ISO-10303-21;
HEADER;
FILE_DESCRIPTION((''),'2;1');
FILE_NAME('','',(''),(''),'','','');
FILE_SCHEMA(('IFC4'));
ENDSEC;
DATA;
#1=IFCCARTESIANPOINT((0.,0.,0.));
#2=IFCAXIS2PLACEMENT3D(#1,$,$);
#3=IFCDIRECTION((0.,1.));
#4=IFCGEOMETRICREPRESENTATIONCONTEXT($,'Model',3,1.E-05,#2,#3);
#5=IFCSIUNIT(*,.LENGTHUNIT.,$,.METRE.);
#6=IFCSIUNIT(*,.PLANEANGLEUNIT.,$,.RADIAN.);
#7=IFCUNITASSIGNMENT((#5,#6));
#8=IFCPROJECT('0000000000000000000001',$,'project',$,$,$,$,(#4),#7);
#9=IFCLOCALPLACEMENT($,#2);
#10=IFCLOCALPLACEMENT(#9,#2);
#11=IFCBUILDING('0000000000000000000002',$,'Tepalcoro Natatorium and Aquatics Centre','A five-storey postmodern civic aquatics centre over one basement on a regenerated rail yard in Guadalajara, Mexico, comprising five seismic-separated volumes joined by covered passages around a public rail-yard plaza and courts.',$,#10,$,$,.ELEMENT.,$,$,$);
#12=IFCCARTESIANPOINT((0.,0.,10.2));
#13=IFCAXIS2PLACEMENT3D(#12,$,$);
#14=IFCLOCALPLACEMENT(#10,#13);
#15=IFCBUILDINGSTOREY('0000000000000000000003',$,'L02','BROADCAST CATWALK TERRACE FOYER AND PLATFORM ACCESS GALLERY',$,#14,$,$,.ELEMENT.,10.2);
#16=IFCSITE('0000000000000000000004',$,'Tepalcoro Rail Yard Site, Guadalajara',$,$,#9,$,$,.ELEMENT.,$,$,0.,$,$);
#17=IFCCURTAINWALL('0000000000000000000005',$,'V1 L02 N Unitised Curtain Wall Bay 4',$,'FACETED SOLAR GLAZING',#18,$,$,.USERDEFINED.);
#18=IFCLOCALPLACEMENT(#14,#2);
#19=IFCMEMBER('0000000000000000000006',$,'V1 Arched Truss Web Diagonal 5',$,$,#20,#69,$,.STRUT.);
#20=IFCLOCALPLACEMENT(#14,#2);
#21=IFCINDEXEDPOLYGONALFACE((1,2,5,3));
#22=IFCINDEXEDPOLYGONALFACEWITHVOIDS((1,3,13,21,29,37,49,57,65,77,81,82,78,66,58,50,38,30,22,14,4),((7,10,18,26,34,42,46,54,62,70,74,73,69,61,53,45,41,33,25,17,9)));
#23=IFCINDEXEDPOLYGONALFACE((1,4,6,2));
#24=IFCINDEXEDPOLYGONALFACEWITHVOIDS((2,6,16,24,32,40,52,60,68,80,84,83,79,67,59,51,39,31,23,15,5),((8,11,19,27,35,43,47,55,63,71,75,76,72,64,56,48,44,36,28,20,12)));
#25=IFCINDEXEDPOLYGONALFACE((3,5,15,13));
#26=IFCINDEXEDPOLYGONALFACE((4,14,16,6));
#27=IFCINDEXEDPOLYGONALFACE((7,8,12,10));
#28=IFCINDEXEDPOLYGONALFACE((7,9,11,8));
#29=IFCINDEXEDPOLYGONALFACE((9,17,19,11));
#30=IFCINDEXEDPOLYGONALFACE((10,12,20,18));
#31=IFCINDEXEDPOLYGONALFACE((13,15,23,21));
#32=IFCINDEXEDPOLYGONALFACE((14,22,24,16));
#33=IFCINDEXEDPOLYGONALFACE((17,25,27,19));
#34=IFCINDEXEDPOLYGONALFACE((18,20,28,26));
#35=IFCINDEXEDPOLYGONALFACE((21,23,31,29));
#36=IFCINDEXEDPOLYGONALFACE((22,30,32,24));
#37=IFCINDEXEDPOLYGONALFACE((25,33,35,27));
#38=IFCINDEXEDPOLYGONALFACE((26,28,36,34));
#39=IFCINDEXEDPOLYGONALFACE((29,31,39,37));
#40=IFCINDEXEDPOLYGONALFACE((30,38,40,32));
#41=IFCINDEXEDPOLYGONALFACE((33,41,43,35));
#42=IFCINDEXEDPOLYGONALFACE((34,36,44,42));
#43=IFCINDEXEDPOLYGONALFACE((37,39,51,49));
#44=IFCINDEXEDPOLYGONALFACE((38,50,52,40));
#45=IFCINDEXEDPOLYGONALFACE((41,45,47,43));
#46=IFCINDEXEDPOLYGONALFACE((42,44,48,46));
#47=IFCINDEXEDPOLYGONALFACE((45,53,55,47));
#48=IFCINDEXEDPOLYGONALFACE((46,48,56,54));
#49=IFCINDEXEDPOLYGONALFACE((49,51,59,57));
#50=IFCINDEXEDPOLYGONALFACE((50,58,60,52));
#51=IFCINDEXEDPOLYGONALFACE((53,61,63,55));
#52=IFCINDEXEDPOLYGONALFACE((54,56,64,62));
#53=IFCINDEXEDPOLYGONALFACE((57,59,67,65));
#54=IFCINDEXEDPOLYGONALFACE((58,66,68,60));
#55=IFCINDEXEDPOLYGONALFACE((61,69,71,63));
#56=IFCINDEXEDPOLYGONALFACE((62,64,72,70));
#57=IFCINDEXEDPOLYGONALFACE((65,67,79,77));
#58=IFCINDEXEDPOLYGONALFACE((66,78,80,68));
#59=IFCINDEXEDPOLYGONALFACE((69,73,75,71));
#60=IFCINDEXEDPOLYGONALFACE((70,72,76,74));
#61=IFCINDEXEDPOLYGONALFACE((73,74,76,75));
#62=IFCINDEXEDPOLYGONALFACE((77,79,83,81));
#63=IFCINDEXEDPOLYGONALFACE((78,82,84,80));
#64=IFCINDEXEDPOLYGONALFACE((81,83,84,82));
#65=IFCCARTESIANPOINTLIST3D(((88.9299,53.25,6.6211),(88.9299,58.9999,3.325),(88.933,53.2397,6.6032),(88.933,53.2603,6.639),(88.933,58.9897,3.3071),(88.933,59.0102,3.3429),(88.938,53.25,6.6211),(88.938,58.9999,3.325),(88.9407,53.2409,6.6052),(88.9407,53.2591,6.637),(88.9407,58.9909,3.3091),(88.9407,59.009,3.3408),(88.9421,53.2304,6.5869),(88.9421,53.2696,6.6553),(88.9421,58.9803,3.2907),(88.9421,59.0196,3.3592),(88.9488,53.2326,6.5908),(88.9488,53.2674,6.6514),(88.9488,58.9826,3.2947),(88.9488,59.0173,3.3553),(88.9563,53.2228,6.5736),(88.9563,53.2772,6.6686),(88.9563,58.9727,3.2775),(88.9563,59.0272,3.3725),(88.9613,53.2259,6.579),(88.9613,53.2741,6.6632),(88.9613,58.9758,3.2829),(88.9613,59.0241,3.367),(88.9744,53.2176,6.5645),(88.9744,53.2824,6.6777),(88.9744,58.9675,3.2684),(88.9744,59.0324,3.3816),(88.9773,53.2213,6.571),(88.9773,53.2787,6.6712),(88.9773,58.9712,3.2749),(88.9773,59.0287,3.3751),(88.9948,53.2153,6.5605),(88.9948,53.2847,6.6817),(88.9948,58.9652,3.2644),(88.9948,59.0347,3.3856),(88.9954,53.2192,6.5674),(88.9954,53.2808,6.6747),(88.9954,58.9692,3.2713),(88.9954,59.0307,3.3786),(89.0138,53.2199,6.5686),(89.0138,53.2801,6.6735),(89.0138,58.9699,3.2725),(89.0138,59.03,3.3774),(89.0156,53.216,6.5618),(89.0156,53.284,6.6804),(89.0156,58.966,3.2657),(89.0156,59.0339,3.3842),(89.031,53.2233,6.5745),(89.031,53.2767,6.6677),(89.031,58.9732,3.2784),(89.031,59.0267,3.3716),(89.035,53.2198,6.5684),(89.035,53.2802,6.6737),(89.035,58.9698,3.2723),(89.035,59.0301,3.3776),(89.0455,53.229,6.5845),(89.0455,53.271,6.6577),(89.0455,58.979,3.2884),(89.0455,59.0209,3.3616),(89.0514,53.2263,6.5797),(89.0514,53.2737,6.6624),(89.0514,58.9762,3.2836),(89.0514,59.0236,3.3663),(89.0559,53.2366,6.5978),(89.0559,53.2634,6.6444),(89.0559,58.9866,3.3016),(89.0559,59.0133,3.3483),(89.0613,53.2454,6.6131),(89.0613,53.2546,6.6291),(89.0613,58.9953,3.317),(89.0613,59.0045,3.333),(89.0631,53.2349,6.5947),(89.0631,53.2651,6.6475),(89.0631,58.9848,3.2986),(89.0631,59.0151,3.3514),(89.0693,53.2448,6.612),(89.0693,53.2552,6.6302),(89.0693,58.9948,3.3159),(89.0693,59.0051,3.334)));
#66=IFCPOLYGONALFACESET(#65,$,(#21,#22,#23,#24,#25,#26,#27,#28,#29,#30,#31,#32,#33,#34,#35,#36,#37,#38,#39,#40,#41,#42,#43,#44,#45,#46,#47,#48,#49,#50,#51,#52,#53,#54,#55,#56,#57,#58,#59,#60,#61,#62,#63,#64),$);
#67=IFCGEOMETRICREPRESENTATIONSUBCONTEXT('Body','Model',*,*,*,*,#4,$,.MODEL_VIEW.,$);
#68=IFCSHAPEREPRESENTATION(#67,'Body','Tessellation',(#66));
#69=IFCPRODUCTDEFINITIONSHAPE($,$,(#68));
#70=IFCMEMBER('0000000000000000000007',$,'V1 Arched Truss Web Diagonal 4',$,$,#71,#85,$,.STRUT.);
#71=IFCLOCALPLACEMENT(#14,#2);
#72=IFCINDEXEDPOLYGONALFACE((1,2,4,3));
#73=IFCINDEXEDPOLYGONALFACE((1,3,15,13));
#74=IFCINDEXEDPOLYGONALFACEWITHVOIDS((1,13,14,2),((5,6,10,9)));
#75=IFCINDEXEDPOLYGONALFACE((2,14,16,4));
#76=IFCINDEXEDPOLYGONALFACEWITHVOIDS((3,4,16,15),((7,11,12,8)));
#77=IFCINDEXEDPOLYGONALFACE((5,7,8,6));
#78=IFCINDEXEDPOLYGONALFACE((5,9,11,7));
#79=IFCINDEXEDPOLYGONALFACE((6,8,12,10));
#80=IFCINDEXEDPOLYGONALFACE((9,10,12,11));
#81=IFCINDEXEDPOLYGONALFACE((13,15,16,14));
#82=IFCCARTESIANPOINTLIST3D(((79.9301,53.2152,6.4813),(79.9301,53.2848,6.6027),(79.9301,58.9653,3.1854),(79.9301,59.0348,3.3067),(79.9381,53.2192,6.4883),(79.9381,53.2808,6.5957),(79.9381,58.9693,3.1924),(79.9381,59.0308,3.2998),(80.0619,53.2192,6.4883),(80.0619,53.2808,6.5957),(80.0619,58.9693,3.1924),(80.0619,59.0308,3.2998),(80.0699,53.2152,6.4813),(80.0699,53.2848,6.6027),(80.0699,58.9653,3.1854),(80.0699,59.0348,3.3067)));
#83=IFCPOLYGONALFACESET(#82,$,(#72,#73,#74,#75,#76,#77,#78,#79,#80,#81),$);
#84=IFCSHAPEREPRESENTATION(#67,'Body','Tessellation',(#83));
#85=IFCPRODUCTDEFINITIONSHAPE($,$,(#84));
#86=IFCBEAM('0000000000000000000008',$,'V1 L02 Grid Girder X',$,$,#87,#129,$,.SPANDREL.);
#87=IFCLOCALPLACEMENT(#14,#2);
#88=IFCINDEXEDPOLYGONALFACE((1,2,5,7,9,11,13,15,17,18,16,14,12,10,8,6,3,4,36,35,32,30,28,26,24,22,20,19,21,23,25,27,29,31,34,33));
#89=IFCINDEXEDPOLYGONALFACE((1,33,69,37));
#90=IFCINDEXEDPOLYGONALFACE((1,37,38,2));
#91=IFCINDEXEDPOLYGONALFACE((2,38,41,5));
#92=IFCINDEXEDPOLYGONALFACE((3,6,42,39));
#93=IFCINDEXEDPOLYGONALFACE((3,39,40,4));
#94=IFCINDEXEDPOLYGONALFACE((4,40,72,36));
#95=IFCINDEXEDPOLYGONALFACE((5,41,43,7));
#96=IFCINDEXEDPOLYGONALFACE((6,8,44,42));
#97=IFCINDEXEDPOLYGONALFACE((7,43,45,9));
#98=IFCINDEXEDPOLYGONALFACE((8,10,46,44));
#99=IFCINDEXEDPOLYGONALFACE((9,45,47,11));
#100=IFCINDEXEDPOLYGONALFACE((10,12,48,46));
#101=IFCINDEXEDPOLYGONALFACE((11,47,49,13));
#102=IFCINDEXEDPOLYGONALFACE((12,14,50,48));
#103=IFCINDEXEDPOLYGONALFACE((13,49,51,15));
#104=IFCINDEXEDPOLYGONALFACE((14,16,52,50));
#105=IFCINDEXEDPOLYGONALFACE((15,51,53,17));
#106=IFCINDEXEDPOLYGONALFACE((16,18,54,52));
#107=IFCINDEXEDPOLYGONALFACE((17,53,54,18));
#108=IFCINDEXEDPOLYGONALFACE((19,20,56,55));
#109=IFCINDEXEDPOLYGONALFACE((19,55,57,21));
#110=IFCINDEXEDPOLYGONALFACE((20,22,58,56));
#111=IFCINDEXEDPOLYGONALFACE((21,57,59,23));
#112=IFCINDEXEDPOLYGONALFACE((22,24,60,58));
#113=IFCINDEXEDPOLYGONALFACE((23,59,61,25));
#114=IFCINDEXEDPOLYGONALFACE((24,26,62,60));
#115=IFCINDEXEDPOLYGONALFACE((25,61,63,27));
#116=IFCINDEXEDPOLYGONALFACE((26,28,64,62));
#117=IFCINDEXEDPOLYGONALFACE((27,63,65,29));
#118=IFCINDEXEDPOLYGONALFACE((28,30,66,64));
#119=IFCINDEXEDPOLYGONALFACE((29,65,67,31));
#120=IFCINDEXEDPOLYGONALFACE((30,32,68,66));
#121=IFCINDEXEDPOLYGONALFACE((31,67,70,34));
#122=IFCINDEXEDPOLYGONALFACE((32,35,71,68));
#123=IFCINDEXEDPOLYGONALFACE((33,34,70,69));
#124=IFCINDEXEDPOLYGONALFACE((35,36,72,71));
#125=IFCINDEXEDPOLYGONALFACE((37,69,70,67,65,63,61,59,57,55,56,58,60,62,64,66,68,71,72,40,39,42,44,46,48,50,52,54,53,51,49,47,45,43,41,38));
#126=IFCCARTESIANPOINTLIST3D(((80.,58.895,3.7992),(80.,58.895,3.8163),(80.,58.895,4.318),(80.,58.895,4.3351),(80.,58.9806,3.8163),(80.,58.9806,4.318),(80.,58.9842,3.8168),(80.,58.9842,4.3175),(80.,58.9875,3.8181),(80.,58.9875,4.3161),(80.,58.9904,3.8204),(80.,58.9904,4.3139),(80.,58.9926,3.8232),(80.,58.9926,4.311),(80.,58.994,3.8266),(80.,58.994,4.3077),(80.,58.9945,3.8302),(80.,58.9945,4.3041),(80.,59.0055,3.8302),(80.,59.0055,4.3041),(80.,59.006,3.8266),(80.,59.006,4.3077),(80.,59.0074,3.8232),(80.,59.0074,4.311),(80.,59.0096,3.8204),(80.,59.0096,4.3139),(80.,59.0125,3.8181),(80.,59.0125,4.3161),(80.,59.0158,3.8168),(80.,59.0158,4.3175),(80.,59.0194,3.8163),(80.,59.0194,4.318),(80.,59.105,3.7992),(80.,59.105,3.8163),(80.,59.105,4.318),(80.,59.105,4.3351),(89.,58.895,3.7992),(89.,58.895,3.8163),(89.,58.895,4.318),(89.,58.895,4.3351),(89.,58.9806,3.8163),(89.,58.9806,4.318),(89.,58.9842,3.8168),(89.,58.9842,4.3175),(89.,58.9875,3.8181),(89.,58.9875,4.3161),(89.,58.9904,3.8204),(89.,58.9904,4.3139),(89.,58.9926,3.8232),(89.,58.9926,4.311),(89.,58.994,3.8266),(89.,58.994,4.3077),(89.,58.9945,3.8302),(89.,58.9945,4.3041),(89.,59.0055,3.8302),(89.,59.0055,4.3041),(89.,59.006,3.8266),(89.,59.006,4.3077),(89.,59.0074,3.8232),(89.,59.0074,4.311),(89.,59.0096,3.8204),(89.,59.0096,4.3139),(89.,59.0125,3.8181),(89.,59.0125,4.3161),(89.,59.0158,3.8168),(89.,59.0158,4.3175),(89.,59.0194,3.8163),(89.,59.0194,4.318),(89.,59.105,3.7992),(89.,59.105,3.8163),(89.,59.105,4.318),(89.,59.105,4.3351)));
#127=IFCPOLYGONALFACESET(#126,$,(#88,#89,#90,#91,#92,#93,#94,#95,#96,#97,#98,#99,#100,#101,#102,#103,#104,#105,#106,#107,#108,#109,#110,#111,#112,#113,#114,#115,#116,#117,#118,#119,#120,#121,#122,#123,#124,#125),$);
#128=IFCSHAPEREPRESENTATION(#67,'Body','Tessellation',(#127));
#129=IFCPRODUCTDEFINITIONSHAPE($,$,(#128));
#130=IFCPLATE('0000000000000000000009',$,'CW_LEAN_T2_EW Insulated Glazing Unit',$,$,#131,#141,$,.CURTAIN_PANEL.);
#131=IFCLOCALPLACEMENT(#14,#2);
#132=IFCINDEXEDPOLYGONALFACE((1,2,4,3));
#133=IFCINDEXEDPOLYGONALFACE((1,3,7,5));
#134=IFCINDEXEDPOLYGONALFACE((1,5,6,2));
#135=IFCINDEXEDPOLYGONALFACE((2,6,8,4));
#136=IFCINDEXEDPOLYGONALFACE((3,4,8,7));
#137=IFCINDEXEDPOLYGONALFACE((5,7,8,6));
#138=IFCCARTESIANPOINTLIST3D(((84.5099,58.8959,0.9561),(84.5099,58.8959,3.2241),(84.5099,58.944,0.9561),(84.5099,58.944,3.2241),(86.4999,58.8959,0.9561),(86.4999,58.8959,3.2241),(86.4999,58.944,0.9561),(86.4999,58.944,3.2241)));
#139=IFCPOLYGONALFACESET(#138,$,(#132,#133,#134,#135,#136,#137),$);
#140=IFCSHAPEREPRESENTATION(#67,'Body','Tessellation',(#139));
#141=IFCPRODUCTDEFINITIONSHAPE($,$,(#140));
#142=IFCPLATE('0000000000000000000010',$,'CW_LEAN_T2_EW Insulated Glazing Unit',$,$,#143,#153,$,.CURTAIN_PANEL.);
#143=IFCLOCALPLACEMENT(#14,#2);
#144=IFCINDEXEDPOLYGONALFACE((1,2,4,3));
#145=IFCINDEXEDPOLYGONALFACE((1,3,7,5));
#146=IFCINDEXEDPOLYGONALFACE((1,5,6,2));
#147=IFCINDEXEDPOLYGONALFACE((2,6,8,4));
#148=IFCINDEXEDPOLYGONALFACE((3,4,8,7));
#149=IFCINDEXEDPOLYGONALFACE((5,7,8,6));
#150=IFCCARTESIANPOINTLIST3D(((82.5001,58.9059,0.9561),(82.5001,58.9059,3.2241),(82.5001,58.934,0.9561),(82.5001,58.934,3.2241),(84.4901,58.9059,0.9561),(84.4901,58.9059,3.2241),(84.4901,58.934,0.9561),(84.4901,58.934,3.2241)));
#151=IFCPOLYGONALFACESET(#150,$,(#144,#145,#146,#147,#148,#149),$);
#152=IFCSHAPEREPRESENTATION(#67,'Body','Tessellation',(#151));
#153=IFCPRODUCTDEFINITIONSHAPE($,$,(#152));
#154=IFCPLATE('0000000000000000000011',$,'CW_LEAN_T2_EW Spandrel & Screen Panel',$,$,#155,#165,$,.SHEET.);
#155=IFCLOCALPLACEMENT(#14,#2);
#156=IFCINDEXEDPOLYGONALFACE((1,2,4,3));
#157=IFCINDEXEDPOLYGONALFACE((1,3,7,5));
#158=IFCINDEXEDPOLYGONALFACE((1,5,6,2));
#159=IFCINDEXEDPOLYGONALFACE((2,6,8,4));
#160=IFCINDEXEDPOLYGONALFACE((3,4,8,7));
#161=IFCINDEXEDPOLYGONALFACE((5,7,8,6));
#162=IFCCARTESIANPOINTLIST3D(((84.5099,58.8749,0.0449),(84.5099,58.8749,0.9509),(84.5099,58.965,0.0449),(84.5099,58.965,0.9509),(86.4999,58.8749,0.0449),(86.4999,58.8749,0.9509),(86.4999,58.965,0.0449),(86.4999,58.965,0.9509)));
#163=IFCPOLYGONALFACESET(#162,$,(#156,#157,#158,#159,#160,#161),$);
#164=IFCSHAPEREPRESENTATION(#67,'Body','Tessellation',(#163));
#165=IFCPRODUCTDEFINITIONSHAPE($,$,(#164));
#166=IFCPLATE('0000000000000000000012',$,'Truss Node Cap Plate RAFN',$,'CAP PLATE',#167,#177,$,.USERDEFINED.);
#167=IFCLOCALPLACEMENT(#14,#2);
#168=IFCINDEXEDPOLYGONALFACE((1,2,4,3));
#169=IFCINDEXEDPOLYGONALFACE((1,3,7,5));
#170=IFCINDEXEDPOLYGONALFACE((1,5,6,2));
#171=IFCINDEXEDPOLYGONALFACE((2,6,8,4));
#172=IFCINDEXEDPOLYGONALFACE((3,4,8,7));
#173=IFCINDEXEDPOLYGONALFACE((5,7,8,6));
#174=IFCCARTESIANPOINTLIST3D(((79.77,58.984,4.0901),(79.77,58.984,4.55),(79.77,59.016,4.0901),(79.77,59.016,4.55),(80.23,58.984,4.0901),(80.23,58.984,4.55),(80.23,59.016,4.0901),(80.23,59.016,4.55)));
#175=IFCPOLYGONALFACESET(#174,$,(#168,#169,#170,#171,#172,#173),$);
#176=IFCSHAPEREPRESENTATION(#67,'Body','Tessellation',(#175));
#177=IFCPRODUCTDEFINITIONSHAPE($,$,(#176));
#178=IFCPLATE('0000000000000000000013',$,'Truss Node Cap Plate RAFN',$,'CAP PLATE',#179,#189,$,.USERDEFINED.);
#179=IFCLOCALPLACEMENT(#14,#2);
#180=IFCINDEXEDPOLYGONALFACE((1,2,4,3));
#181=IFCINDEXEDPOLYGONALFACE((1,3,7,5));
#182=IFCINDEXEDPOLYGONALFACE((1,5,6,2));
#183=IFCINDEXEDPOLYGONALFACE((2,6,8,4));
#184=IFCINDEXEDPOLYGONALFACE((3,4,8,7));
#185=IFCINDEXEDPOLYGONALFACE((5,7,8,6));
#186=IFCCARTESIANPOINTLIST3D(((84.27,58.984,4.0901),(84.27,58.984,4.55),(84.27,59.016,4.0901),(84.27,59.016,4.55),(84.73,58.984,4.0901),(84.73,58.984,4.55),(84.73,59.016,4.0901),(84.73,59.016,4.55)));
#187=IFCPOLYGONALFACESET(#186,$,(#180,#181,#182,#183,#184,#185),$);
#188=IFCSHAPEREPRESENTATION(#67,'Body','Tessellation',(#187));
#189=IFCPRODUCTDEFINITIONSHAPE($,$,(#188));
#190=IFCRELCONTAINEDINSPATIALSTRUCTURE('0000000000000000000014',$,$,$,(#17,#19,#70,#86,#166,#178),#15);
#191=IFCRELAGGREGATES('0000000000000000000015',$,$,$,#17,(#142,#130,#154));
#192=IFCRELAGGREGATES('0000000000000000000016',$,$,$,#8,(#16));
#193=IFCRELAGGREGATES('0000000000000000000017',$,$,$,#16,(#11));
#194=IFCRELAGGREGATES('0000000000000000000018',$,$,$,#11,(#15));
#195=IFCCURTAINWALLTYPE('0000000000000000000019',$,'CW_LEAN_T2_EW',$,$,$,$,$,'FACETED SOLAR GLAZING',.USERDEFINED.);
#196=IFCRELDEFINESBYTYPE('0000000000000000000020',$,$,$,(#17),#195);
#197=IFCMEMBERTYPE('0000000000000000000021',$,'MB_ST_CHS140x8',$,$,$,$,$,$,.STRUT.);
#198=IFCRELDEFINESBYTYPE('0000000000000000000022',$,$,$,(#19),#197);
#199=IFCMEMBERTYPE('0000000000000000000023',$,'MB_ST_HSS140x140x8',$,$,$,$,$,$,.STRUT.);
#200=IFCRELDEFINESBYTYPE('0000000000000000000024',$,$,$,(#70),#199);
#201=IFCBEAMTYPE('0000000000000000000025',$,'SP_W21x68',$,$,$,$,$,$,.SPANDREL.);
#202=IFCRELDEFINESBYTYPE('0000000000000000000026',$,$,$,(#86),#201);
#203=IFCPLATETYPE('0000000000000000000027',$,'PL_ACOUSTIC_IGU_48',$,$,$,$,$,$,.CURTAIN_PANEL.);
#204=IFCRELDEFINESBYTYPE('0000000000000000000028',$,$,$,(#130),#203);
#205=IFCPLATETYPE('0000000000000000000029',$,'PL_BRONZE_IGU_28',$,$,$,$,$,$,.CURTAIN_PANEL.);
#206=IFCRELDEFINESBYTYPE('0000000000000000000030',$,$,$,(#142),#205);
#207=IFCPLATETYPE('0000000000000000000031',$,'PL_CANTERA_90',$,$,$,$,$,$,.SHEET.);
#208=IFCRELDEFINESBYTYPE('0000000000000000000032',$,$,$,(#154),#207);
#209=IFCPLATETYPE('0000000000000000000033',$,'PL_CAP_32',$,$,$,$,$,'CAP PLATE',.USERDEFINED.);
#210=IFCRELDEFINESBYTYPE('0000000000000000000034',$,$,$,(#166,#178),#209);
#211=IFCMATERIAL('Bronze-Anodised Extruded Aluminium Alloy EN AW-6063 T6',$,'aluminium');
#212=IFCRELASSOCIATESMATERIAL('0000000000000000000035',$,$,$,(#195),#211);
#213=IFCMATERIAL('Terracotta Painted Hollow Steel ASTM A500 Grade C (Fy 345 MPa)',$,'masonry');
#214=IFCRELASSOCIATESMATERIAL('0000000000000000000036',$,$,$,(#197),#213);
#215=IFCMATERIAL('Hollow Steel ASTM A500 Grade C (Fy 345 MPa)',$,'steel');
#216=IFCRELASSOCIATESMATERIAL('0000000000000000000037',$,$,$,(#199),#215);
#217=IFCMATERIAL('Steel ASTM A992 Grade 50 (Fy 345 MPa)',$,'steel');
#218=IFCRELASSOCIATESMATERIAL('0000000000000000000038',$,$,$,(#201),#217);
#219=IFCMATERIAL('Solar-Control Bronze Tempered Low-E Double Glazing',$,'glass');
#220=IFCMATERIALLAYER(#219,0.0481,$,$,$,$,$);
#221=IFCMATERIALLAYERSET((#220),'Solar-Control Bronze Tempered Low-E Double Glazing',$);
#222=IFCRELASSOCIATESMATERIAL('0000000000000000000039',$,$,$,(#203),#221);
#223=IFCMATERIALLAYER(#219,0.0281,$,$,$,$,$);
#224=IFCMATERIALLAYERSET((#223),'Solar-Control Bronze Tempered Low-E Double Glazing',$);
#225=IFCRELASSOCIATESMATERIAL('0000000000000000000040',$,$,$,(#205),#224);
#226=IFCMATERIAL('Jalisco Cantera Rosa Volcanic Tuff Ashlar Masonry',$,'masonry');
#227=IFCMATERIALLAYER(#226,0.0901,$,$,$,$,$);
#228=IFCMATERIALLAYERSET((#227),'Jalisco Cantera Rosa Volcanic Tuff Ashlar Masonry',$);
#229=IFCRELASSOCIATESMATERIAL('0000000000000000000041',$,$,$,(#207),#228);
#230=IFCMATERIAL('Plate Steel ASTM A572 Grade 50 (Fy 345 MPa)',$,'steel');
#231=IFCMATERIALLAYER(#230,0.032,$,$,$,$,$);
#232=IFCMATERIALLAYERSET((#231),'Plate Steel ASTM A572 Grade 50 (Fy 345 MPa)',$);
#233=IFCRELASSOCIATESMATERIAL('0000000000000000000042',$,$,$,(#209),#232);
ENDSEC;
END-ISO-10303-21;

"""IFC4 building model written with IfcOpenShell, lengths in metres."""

from ifc_helpers import new_model, si_unit, direction, frame, origin, origin_2d, place, context, subcontext, project, spatial, rectangle, hollow_rectangle, hollow_circle, i_section, extrude, material, layer, layer_set, material_profile, profile_set, type_object, element, aggregate, save


model = new_model("IFC4")

# Units and contexts
model_context = context("Model", 3, precision=1e-05, world=origin(), true_north=direction((0.0, 1.0)))
body_context = subcontext(model_context, "Body", "Model", "MODEL_VIEW")
ifc_project = project(units=[si_unit("LENGTHUNIT", "METRE"), si_unit("PLANEANGLEUNIT", "RADIAN")], contexts=[model_context])

# Site, building, storey
site_placement = place(None, origin())
site = spatial("IfcSite", under=ifc_project, at=site_placement, Name="Tepalcoro Rail Yard Site, Guadalajara", CompositionType="ELEMENT", RefElevation=0.0)
building_placement = place(site_placement, origin())
building = spatial("IfcBuilding", under=site, at=building_placement, Name="Tepalcoro Natatorium and Aquatics Centre", Description="A five-storey postmodern civic aquatics centre over one basement on a regenerated rail yard in Guadalajara, Mexico, comprising five seismic-separated volumes joined by covered passages around a public rail-yard plaza and courts.", CompositionType="ELEMENT")
storey_placement = place(building_placement, frame((0.0, 0.0, 10.2)))
storey = spatial("IfcBuildingStorey", under=building, at=storey_placement, Name="L02", Description="BROADCAST CATWALK TERRACE FOYER AND PLATFORM ACCESS GALLERY", CompositionType="ELEMENT", Elevation=10.2)

# Shared definitions
ifc_material_1 = material(Name="Steel ASTM A992 Grade 50 (Fy 345 MPa)", Category="steel")

# Shared definitions
ifc_material_2 = material(Name="Terracotta Painted Hollow Steel ASTM A500 Grade C (Fy 345 MPa)", Category="masonry")

# Curtain wall
ifc_material_3 = material(Name="Bronze-Anodised Extruded Aluminium Alloy EN AW-6063 T6", Category="aluminium")
curtain_wall_type = type_object("IfcCurtainWallType", Name="CW_LEAN_T2_EW", ElementType="FACETED SOLAR GLAZING", PredefinedType="USERDEFINED", material=ifc_material_3)
curtain_wall_placement = place(storey_placement, origin())
curtain_wall = element("IfcCurtainWall", 1, at=curtain_wall_placement, inside=storey, type_object=curtain_wall_type, Name="V1 L02 N Unitised Curtain Wall Bay 4", ObjectType="FACETED SOLAR GLAZING", PredefinedType="USERDEFINED")

# Members
ifc_material_4 = material(Name="Hollow Steel ASTM A500 Grade C (Fy 345 MPa)", Category="steel")
ifc_material_profile_1 = material_profile(ifc_material_2, hollow_circle(Radius=0.0701, WallThickness=0.0081, at=origin_2d()), Name="CHS140X8")
ifc_profile_set_1 = profile_set([ifc_material_profile_1], Name="Terracotta Painted Hollow Steel ASTM A500 Grade C (Fy 345 MPa)")
member_type_1 = type_object("IfcMemberType", Name="MB_ST_CHS140x8", PredefinedType="STRUT", material=ifc_profile_set_1)
member_1_placement = place(storey_placement, frame((89.0, 53.25, 6.6211), z_axis=(0.0, 0.867565, -0.497325), x_axis=(-1.0, 0.0, 0.0)))
element("IfcMember", 2, at=member_1_placement, inside=storey, type_object=member_type_1, Name="V1 Arched Truss Web Diagonal 5", PredefinedType="STRUT", context=body_context, shape_type="SweptSolid", body=[
    extrude(hollow_circle(Radius=0.0701, WallThickness=0.0081, at=origin_2d()), origin(), (0.0, 0.0, 1.0), 6.6277),
])
ifc_material_profile_2 = material_profile(ifc_material_4, hollow_rectangle(XDim=0.1399, YDim=0.1399, WallThickness=0.0081, at=origin_2d()), Name="HSS140X140X8")
ifc_profile_set_2 = profile_set([ifc_material_profile_2], Name="Hollow Steel ASTM A500 Grade C (Fy 345 MPa)")
member_type_2 = type_object("IfcMemberType", Name="MB_ST_HSS140x140x8", PredefinedType="STRUT", material=ifc_profile_set_2)
member_2_placement = place(storey_placement, frame((80.0, 53.25, 6.542), z_axis=(0.0, 0.86758, -0.497297), x_axis=(-1.0, 0.0, 0.0)))
element("IfcMember", 3, at=member_2_placement, inside=storey, type_object=member_type_2, Name="V1 Arched Truss Web Diagonal 4", PredefinedType="STRUT", context=body_context, shape_type="SweptSolid", body=[
    extrude(hollow_rectangle(XDim=0.1399, YDim=0.1399, WallThickness=0.0081, at=origin_2d()), origin(), (0.0, 0.0, 1.0), 6.6277),
])

# Beam
ifc_material_profile_3 = material_profile(ifc_material_1, i_section(OverallWidth=0.21, OverallDepth=0.5359, WebThickness=0.011, FlangeThickness=0.0171, FilletRadius=0.0139, at=origin_2d()), Name="W21X68")
ifc_profile_set_3 = profile_set([ifc_material_profile_3], Name="Steel ASTM A992 Grade 50 (Fy 345 MPa)")
beam_type_1 = type_object("IfcBeamType", Name="SP_W21x68", PredefinedType="SPANDREL", material=ifc_profile_set_3)
beam_1_placement = place(storey_placement, frame((80.0, 59.0, 4.0671), z_axis=(1.0, 0.0, 0.0), x_axis=(0.0, 1.0, 0.0)))
element("IfcBeam", 4, at=beam_1_placement, inside=storey, type_object=beam_type_1, Name="V1 L02 Grid Girder X", PredefinedType="SPANDREL", context=body_context, shape_type="SweptSolid", body=[
    extrude(i_section(OverallWidth=0.21, OverallDepth=0.5359, WebThickness=0.011, FlangeThickness=0.0171, FilletRadius=0.0139, at=origin_2d()), origin(), (0.0, 0.0, 1.0), 9.0),
])

# Plates
ifc_material_5 = material(Name="Solar-Control Bronze Tempered Low-E Double Glazing", Category="glass")
ifc_layer_1 = layer(ifc_material_5, 0.0481)
ifc_layer_set_1 = layer_set([ifc_layer_1], Name="Solar-Control Bronze Tempered Low-E Double Glazing")
plate_type_1 = type_object("IfcPlateType", Name="PL_ACOUSTIC_IGU_48", PredefinedType="CURTAIN_PANEL", material=ifc_layer_set_1)
plate_1_placement = place(storey_placement, frame((85.5049, 58.9199, 0.9561), z_axis=(0.0, 0.0, 1.0), x_axis=(1.0, 0.0, 0.0)))
plate_1 = element("IfcPlate", 5, at=plate_1_placement, type_object=plate_type_1, Name="CW_LEAN_T2_EW Insulated Glazing Unit", PredefinedType="CURTAIN_PANEL", context=body_context, shape_type="SweptSolid", body=[
    extrude(rectangle(XDim=1.99, YDim=0.0481, at=origin_2d()), origin(), (0.0, 0.0, 1.0), 2.2681),
])
ifc_layer_2 = layer(ifc_material_5, 0.0281)
ifc_layer_set_2 = layer_set([ifc_layer_2], Name="Solar-Control Bronze Tempered Low-E Double Glazing")
plate_type_2 = type_object("IfcPlateType", Name="PL_BRONZE_IGU_28", PredefinedType="CURTAIN_PANEL", material=ifc_layer_set_2)
plate_2_placement = place(storey_placement, frame((83.4951, 58.9199, 0.9561), z_axis=(0.0, 0.0, 1.0), x_axis=(1.0, 0.0, 0.0)))
plate_2 = element("IfcPlate", 6, at=plate_2_placement, type_object=plate_type_2, Name="CW_LEAN_T2_EW Insulated Glazing Unit", PredefinedType="CURTAIN_PANEL", context=body_context, shape_type="SweptSolid", body=[
    extrude(rectangle(XDim=1.99, YDim=0.0281, at=origin_2d()), origin(), (0.0, 0.0, 1.0), 2.2681),
])
ifc_material_6 = material(Name="Jalisco Cantera Rosa Volcanic Tuff Ashlar Masonry", Category="masonry")
ifc_layer_3 = layer(ifc_material_6, 0.0901)
ifc_layer_set_3 = layer_set([ifc_layer_3], Name="Jalisco Cantera Rosa Volcanic Tuff Ashlar Masonry")
plate_type_3 = type_object("IfcPlateType", Name="PL_CANTERA_90", PredefinedType="SHEET", material=ifc_layer_set_3)
plate_3_placement = place(storey_placement, frame((85.5049, 58.9199, 0.0449), z_axis=(0.0, 0.0, 1.0), x_axis=(1.0, 0.0, 0.0)))
plate_3 = element("IfcPlate", 7, at=plate_3_placement, type_object=plate_type_3, Name="CW_LEAN_T2_EW Spandrel & Screen Panel", PredefinedType="SHEET", context=body_context, shape_type="SweptSolid", body=[
    extrude(rectangle(XDim=1.99, YDim=0.0901, at=origin_2d()), origin(), (0.0, 0.0, 1.0), 0.906),
])

# Plates
ifc_material_7 = material(Name="Plate Steel ASTM A572 Grade 50 (Fy 345 MPa)", Category="steel")
ifc_layer_4 = layer(ifc_material_7, 0.032)
ifc_layer_set_4 = layer_set([ifc_layer_4], Name="Plate Steel ASTM A572 Grade 50 (Fy 345 MPa)")
plate_type_4 = type_object("IfcPlateType", Name="PL_CAP_32", ElementType="CAP PLATE", PredefinedType="USERDEFINED", material=ifc_layer_set_4)
for number, where, z_axis, x_axis, name in (
    (8, (80.0, 59.0, 4.0901), (0.0, 0.0, 1.0), (1.0, 0.0, 0.0), "Truss Node Cap Plate RAFN"),
    (9, (84.5, 59.0, 4.0901), (0.0, 0.0, 1.0), (1.0, 0.0, 0.0), "Truss Node Cap Plate RAFN"),
):
    element("IfcPlate", number, at=place(storey_placement, frame(where, z_axis=z_axis, x_axis=x_axis)), inside=storey, type_object=plate_type_4, Name=name, ObjectType="CAP PLATE", PredefinedType="USERDEFINED", context=body_context, shape_type="SweptSolid", body=[
        extrude(rectangle(XDim=0.46, YDim=0.032, at=origin_2d()), origin(), (0.0, 0.0, 1.0), 0.46),
    ])

aggregate(curtain_wall, [plate_2, plate_1, plate_3])

save(model, "model.ifc")
